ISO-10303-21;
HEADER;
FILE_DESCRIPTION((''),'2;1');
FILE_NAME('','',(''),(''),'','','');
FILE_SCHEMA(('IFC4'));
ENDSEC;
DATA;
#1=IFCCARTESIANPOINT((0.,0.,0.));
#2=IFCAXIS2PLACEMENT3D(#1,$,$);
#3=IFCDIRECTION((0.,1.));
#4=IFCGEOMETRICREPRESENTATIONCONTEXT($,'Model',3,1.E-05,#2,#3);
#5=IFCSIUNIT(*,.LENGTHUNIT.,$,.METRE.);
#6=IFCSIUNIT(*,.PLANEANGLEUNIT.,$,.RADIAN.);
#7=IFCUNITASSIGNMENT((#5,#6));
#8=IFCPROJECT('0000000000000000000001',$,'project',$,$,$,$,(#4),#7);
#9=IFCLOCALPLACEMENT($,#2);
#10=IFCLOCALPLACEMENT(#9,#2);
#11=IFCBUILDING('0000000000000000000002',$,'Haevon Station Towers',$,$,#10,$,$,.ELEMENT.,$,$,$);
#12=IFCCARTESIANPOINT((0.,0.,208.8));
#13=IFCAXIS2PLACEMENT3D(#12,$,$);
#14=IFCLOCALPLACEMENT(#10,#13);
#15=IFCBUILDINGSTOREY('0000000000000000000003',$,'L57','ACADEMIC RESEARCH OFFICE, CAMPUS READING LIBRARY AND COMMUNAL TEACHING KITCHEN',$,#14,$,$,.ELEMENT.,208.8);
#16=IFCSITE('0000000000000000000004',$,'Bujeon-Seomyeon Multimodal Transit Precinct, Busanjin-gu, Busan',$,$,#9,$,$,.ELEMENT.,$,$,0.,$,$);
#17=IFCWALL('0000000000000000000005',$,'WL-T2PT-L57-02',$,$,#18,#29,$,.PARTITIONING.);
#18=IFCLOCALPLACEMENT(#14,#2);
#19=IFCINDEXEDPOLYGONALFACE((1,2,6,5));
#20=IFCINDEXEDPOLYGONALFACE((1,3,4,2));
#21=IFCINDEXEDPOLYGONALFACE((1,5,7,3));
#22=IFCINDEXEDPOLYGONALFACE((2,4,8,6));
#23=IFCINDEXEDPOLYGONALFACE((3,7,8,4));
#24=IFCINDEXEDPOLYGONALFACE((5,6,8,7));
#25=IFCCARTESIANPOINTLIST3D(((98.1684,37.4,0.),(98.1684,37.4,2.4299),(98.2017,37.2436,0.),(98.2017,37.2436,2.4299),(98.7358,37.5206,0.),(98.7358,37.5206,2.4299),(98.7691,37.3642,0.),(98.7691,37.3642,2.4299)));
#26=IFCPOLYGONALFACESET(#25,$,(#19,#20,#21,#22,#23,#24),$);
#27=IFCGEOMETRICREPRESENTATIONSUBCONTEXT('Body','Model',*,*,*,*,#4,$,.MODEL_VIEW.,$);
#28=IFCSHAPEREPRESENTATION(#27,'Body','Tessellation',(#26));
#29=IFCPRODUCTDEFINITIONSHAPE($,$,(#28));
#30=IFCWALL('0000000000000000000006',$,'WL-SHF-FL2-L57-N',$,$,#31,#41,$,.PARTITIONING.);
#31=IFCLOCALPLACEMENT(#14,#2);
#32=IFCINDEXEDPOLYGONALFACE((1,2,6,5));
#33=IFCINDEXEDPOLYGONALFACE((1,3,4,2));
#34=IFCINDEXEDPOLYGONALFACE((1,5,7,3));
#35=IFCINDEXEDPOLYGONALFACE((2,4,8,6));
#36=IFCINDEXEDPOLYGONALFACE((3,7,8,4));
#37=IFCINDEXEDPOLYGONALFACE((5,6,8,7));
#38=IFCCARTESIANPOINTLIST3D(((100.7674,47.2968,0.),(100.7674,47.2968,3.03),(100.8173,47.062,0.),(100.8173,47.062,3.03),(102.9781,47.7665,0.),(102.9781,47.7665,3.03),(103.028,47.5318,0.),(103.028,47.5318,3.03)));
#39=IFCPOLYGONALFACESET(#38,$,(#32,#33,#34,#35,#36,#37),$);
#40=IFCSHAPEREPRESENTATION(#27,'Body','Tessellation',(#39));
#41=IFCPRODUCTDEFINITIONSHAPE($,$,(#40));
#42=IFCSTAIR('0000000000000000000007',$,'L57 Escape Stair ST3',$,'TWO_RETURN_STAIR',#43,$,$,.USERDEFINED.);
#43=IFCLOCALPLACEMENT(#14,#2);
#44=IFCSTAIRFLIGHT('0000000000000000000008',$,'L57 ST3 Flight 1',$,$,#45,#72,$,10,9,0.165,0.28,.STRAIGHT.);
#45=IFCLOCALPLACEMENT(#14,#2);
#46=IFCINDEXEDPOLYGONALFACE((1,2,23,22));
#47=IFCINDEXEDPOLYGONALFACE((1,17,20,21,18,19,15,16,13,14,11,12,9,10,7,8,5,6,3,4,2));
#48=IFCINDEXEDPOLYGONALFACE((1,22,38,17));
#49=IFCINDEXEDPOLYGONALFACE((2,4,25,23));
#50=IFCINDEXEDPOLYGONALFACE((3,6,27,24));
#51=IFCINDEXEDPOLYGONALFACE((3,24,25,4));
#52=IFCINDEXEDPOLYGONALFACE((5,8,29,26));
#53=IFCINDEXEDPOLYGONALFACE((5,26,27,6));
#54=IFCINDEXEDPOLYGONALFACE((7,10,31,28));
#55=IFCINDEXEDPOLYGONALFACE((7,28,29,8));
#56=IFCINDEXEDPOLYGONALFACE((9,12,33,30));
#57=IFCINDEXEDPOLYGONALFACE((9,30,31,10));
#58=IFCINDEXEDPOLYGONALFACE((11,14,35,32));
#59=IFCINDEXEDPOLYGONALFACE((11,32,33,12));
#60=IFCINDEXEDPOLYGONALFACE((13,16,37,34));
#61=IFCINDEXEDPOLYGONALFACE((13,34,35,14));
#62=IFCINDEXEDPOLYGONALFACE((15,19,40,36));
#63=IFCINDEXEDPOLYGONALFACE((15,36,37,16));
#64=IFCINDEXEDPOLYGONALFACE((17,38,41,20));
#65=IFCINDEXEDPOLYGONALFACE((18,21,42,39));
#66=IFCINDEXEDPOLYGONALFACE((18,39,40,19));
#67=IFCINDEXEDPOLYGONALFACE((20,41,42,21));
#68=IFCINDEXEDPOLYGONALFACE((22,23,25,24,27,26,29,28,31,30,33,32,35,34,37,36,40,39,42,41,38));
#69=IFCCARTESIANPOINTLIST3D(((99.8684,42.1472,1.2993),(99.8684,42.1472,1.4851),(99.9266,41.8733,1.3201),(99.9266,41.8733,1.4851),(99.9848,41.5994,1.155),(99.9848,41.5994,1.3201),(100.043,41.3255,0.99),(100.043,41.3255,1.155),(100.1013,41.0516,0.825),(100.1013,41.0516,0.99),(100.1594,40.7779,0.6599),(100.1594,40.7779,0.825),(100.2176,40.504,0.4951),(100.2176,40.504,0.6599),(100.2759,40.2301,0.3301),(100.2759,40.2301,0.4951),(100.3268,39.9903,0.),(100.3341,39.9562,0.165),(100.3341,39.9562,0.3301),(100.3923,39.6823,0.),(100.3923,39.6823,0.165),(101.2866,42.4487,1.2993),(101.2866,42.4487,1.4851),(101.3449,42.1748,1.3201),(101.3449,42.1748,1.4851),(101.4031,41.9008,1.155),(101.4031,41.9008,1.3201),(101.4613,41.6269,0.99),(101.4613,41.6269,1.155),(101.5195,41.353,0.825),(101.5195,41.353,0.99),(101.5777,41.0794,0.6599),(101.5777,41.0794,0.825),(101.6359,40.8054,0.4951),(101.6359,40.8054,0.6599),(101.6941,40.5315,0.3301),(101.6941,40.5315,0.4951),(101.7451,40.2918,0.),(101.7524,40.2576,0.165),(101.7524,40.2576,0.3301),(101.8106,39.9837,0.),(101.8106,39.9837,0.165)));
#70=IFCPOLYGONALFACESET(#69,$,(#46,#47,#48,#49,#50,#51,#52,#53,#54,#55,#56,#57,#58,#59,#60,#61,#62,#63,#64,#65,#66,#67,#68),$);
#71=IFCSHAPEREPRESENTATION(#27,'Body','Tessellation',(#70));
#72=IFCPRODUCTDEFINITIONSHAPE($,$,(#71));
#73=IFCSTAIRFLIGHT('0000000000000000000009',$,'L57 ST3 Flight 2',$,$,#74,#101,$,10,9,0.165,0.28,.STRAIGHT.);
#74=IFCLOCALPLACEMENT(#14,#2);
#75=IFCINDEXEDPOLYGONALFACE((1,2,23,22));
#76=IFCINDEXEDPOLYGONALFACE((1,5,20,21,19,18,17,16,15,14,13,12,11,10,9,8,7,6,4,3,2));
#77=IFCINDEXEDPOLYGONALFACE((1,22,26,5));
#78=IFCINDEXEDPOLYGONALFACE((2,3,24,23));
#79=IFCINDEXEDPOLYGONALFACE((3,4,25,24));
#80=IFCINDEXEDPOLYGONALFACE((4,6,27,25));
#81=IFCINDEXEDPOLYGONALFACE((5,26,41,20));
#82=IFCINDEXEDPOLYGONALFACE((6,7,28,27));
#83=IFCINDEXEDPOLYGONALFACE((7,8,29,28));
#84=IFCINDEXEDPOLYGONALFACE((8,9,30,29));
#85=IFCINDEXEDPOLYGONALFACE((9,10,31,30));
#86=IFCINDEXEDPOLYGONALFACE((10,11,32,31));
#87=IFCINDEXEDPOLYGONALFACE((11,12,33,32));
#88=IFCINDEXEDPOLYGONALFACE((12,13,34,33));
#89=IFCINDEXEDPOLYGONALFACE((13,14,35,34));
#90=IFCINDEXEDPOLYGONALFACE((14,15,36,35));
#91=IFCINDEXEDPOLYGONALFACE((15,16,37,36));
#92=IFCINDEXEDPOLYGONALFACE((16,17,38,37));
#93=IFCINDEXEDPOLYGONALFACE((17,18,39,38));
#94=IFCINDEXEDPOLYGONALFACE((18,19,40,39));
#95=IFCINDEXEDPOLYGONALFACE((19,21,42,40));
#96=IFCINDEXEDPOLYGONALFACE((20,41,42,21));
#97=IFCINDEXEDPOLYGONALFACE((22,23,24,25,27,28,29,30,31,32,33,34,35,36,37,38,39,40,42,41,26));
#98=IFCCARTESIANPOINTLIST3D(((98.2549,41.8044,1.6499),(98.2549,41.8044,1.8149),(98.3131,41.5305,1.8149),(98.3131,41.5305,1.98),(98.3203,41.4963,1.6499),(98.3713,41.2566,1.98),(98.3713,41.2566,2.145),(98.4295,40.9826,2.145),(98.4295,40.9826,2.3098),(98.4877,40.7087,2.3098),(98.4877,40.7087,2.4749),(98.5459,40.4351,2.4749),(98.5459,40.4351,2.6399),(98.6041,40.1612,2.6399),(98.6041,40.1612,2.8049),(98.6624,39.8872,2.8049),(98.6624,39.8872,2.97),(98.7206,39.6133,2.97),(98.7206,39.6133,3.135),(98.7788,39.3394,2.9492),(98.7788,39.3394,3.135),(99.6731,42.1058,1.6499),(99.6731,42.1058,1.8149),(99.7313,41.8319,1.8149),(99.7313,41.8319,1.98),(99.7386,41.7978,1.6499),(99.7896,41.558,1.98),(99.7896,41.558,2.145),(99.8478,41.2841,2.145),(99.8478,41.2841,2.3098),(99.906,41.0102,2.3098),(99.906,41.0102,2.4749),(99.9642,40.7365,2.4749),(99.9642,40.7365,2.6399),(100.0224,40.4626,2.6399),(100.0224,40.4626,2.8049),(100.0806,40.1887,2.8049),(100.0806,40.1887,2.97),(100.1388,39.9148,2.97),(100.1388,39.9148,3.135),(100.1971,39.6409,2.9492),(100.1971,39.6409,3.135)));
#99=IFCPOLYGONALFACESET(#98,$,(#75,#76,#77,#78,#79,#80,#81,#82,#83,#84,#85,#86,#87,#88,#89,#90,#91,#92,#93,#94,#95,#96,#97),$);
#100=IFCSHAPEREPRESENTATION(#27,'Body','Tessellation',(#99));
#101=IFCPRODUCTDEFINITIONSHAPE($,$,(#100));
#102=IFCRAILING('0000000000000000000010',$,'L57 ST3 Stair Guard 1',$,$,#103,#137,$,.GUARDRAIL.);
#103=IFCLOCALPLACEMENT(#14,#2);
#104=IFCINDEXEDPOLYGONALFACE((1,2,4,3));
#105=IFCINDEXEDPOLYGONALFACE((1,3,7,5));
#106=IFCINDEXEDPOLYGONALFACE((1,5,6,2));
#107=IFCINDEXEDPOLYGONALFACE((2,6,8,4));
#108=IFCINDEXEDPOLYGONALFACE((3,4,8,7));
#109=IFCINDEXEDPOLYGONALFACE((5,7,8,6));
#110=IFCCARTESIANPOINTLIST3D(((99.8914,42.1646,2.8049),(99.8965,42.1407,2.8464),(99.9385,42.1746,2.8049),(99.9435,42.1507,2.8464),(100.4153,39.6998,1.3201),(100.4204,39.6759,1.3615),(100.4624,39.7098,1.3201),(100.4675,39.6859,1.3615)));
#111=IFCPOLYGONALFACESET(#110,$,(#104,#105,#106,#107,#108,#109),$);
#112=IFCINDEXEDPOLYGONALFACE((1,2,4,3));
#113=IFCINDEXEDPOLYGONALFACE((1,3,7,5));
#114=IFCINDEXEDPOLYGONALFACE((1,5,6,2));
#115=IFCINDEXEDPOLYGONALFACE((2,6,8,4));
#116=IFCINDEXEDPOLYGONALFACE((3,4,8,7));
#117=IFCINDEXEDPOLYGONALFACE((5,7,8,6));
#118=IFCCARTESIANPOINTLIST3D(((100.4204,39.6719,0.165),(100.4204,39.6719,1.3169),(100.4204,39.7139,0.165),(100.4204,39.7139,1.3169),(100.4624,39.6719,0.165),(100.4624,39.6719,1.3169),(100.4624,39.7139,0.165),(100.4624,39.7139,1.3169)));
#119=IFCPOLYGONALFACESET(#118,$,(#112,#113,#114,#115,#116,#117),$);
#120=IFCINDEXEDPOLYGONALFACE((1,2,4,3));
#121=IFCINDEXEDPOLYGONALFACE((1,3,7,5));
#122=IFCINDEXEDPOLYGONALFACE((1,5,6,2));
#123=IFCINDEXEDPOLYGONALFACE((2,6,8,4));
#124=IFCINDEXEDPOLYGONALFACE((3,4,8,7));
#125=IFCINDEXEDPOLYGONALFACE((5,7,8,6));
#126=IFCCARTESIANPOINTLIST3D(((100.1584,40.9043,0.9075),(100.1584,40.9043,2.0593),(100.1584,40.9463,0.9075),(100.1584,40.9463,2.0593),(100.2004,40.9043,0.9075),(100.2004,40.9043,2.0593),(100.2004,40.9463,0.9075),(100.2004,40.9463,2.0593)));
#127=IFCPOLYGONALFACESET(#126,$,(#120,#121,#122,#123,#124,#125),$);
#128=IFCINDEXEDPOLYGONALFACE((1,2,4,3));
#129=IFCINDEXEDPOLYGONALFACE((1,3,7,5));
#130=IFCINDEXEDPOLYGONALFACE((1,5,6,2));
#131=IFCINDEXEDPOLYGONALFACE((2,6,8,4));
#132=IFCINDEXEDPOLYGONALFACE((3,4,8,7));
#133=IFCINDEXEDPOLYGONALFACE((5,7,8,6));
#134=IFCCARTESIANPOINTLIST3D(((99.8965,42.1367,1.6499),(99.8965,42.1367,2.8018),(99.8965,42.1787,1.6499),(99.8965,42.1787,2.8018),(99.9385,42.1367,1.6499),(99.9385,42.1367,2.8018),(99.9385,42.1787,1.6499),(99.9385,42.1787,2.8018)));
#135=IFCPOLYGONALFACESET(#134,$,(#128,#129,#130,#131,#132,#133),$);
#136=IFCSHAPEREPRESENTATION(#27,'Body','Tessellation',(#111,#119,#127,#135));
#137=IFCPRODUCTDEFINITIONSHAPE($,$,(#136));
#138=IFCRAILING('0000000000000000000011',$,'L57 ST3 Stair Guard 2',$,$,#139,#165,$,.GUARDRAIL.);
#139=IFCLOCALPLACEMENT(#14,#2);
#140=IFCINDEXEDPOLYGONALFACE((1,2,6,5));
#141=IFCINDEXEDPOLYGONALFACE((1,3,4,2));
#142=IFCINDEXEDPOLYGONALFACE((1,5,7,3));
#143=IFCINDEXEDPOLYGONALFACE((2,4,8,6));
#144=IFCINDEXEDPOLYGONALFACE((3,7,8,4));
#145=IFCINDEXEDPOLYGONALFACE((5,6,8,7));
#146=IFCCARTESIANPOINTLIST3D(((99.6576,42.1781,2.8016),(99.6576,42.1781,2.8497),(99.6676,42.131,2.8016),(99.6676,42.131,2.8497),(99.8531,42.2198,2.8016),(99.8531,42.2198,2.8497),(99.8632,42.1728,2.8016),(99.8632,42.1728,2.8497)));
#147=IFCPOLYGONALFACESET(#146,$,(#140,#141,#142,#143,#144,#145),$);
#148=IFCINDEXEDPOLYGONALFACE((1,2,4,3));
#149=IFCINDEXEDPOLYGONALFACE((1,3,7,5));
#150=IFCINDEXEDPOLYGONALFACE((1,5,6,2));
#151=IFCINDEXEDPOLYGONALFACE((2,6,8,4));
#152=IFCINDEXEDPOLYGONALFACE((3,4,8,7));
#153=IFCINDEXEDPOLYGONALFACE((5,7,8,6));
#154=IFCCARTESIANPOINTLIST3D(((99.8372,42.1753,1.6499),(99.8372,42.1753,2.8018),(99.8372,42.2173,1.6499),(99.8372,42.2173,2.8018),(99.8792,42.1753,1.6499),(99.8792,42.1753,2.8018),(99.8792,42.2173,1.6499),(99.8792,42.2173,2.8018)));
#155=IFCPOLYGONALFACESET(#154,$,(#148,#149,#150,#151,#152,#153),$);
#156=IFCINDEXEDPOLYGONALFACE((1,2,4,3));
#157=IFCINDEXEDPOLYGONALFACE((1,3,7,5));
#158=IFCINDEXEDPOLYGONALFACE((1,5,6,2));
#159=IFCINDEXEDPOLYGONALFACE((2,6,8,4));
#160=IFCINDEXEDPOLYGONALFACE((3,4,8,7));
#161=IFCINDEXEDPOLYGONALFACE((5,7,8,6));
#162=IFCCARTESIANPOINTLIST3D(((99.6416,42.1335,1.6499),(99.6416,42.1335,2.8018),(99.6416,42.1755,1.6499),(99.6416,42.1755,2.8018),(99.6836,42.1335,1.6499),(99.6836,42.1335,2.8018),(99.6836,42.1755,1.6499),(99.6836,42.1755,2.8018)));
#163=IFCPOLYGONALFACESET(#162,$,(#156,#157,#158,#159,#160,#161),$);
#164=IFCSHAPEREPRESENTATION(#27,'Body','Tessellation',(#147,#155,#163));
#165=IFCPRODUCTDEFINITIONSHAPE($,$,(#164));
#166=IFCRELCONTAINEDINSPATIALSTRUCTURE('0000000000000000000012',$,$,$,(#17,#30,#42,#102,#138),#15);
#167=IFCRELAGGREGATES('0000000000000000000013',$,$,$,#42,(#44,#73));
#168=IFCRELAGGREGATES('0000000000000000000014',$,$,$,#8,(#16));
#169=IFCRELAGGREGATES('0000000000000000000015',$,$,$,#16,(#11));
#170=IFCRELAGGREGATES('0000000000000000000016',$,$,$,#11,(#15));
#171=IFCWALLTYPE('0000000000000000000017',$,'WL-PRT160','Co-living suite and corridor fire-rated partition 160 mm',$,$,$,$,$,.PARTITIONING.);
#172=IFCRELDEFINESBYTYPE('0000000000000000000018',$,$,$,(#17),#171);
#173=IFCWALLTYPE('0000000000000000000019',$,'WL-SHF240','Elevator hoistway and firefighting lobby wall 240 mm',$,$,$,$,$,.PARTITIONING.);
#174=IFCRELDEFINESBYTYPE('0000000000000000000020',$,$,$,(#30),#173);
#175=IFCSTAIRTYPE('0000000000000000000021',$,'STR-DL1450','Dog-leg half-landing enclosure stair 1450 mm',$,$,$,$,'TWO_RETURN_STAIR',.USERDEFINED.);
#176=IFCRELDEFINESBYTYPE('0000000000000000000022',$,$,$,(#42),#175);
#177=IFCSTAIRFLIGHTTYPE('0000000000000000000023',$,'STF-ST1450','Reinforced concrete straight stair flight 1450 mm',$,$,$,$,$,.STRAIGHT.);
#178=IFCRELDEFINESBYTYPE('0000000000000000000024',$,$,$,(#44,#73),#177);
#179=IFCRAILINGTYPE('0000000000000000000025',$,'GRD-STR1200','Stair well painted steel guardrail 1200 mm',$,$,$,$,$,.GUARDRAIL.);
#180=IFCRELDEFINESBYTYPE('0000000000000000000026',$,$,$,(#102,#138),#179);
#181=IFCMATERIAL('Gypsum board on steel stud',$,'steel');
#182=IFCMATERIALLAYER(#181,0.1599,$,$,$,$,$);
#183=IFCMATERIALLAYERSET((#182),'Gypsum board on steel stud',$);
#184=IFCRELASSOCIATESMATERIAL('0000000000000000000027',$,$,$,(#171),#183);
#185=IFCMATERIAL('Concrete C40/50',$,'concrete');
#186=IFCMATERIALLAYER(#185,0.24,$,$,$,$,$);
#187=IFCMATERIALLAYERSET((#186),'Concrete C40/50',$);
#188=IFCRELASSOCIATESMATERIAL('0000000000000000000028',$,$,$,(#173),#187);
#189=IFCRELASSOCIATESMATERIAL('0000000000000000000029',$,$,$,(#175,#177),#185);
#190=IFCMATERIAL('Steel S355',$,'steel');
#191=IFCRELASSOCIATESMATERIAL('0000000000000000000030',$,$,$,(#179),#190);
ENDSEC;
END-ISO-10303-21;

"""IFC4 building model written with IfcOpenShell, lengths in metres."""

from ifc_helpers import new_model, si_unit, direction, frame, frame_2d, origin, origin_2d, place, context, subcontext, project, spatial, polyline, rectangle, outline, extrude, material, layer, layer_set, type_object, element, aggregate, save


model = new_model("IFC4")

# Units and contexts
model_context = context("Model", 3, precision=1e-05, world=origin(), true_north=direction((0.0, 1.0)))
body_context = subcontext(model_context, "Body", "Model", "MODEL_VIEW")
ifc_project = project(units=[si_unit("LENGTHUNIT", "METRE"), si_unit("PLANEANGLEUNIT", "RADIAN")], contexts=[model_context])

# Site, building, storey
site_placement = place(None, origin())
site = spatial("IfcSite", under=ifc_project, at=site_placement, Name="Bujeon-Seomyeon Multimodal Transit Precinct, Busanjin-gu, Busan", CompositionType="ELEMENT", RefElevation=0.0)
building_placement = place(site_placement, origin())
building = spatial("IfcBuilding", under=site, at=building_placement, Name="Haevon Station Towers", CompositionType="ELEMENT")
storey_placement = place(building_placement, frame((0.0, 0.0, 208.8)))
storey = spatial("IfcBuildingStorey", under=building, at=storey_placement, Name="L57", Description="ACADEMIC RESEARCH OFFICE, CAMPUS READING LIBRARY AND COMMUNAL TEACHING KITCHEN", CompositionType="ELEMENT", Elevation=208.8)

# Shared definitions
ifc_material_1 = material(Name="Steel S355", Category="steel")

# Shared definitions
ifc_material_2 = material(Name="Gypsum board on steel stud", Category="steel")

# Wall
ifc_layer_1 = layer(ifc_material_2, 0.1599)
ifc_layer_set_1 = layer_set([ifc_layer_1], Name="Gypsum board on steel stud")
wall_type_1 = type_object("IfcWallType", Name="WL-PRT160", Description="Co-living suite and corridor fire-rated partition 160 mm", PredefinedType="PARTITIONING", material=ifc_layer_set_1)
wall_1_placement = place(storey_placement, frame((98.1851, 37.3218, 0.0), z_axis=(0.0, 0.0, 1.0), x_axis=(0.978146, 0.207919, 0.0)))
element("IfcWall", 1, at=wall_1_placement, inside=storey, type_object=wall_type_1, Name="WL-T2PT-L57-02", PredefinedType="PARTITIONING", context=body_context, shape_type="SweptSolid", body=[
    extrude(rectangle(XDim=0.5801, YDim=0.1599, at=frame_2d((0.29, 0.0))), origin(), (0.0, 0.0, 1.0), 2.4299),
])

# Shared definitions
ifc_material_3 = material(Name="Concrete C40/50", Category="concrete")
ifc_layer_2 = layer(ifc_material_3, 0.24)
ifc_layer_set_2 = layer_set([ifc_layer_2], Name="Concrete C40/50")
wall_type_2 = type_object("IfcWallType", Name="WL-SHF240", Description="Elevator hoistway and firefighting lobby wall 240 mm", PredefinedType="PARTITIONING", material=ifc_layer_set_2)

# Wall
wall_2_placement = place(storey_placement, frame((100.7925, 47.1794, 0.0), z_axis=(0.0, 0.0, 1.0), x_axis=(0.978163, 0.207839, 0.0)))
element("IfcWall", 2, at=wall_2_placement, inside=storey, type_object=wall_type_2, Name="WL-SHF-FL2-L57-N", PredefinedType="PARTITIONING", context=body_context, shape_type="SweptSolid", body=[
    extrude(rectangle(XDim=2.26, YDim=0.24, at=frame_2d((1.1299, 0.0))), origin(), (0.0, 0.0, 1.0), 3.03),
])

# Stair, stair flights
stair_type = type_object("IfcStairType", Name="STR-DL1450", Description="Dog-leg half-landing enclosure stair 1450 mm", ElementType="TWO_RETURN_STAIR", PredefinedType="USERDEFINED", material=ifc_material_3)
stair_placement = place(storey_placement, origin())
stair = element("IfcStair", 3, at=stair_placement, inside=storey, type_object=stair_type, Name="L57 Escape Stair ST3", ObjectType="TWO_RETURN_STAIR", PredefinedType="USERDEFINED")
stair_flight_type = type_object("IfcStairFlightType", Name="STF-ST1450", Description="Reinforced concrete straight stair flight 1450 mm", PredefinedType="STRAIGHT", material=ifc_material_3)
stair_flight_1_placement = place(storey_placement, frame((101.1016, 39.833, 0.0), z_axis=(0.0, 0.0, 1.0), x_axis=(-0.207912, 0.978148, 0.0)))
stair_flight_1 = element("IfcStairFlight", 4, at=stair_flight_1_placement, type_object=stair_flight_type, Name="L57 ST3 Flight 1", NumberOfRisers=10, NumberOfTreads=9, PredefinedType="STRAIGHT", RiserHeight=0.165, TreadLength=0.28, context=body_context, shape_type="SweptSolid", body=[
    extrude(outline(polyline([(0.0, 0.0), (0.0, 0.165), (0.28, 0.165), (0.28, 0.3301), (0.5601, 0.3301), (0.5601, 0.4951), (0.8401, 0.4951), (0.8401, 0.6599), (1.1201, 0.6599), (1.1201, 0.825), (1.3999, 0.825), (1.3999, 0.99), (1.6799, 0.99), (1.6799, 1.155), (1.96, 1.155), (1.96, 1.3201), (2.24, 1.3201), (2.24, 1.4851), (2.52, 1.4851), (2.52, 1.6499), (2.52, 1.2993), (0.3149, 0.0), (0.0, 0.0)])), frame((0.0, 0.7251, 0.0), z_axis=(0.0, -1.0, 0.0), x_axis=(1.0, 0.0, 0.0)), (0.0, 0.0, 1.0), 1.45),
])
stair_flight_2_placement = place(storey_placement, frame((98.9639, 41.9551, 1.6499), z_axis=(0.0, 0.0, 1.0), x_axis=(0.207912, -0.978148, 0.0)))
stair_flight_2 = element("IfcStairFlight", 5, at=stair_flight_2_placement, type_object=stair_flight_type, Name="L57 ST3 Flight 2", NumberOfRisers=10, NumberOfTreads=9, PredefinedType="STRAIGHT", RiserHeight=0.165, TreadLength=0.28, context=body_context, shape_type="SweptSolid", body=[
    extrude(outline(polyline([(0.0, 0.0), (0.0, 0.165), (0.28, 0.165), (0.28, 0.3301), (0.5601, 0.3301), (0.5601, 0.4951), (0.8401, 0.4951), (0.8401, 0.6599), (1.1201, 0.6599), (1.1201, 0.825), (1.3999, 0.825), (1.3999, 0.99), (1.6799, 0.99), (1.6799, 1.155), (1.96, 1.155), (1.96, 1.3201), (2.24, 1.3201), (2.24, 1.4851), (2.52, 1.4851), (2.52, 1.6499), (2.52, 1.2993), (0.3149, 0.0), (0.0, 0.0)])), frame((0.0, 0.7251, 0.0), z_axis=(0.0, -1.0, 0.0), x_axis=(1.0, 0.0, 0.0)), (0.0, 0.0, 1.0), 1.45),
])
aggregate(stair, [stair_flight_1, stair_flight_2])

# Railings
railing_type_1 = type_object("IfcRailingType", Name="GRD-STR1200", Description="Stair well painted steel guardrail 1200 mm", PredefinedType="GUARDRAIL", material=ifc_material_1)
railing_1_placement = place(storey_placement, frame((100.4414, 39.6929, 0.165)))
element("IfcRailing", 6, at=railing_1_placement, inside=storey, type_object=railing_type_1, Name="L57 ST3 Stair Guard 1", PredefinedType="GUARDRAIL", context=body_context, shape_type="SweptSolid", body=[
    extrude(rectangle(XDim=0.0481, YDim=0.0481, at=origin_2d()), frame((0.0, 0.0, 1.1758), z_axis=(-0.179129, 0.842724, 0.507671), x_axis=(-0.978147, -0.207914, 0.0)), (0.0, 0.0, 1.0), 2.9248),
    extrude(rectangle(XDim=0.042, YDim=0.042, at=origin_2d()), origin(), (0.0, 0.0, 1.0), 1.1519),
    extrude(rectangle(XDim=0.042, YDim=0.042, at=origin_2d()), frame((-0.262, 1.2324, 0.7424)), (0.0, 0.0, 1.0), 1.1519),
    extrude(rectangle(XDim=0.042, YDim=0.042, at=origin_2d()), frame((-0.5239, 2.4648, 1.4849)), (0.0, 0.0, 1.0), 1.1519),
])
railing_2_placement = place(storey_placement, frame((99.8582, 42.1963, 1.6499)))
element("IfcRailing", 7, at=railing_2_placement, inside=storey, type_object=railing_type_1, Name="L57 ST3 Stair Guard 2", PredefinedType="GUARDRAIL", context=body_context, shape_type="SweptSolid", body=[
    extrude(rectangle(XDim=0.0481, YDim=0.0481, at=origin_2d()), frame((0.0, 0.0, 1.1758), z_axis=(-0.977963, -0.208779, 0.0), x_axis=(0.208779, -0.977963, 0.0)), (0.0, 0.0, 1.0), 0.2),
    extrude(rectangle(XDim=0.042, YDim=0.042, at=origin_2d()), origin(), (0.0, 0.0, 1.0), 1.1519),
    extrude(rectangle(XDim=0.042, YDim=0.042, at=origin_2d()), frame((-0.1956, -0.0417, 0.0)), (0.0, 0.0, 1.0), 1.1519),
])

save(model, "model.ifc")
